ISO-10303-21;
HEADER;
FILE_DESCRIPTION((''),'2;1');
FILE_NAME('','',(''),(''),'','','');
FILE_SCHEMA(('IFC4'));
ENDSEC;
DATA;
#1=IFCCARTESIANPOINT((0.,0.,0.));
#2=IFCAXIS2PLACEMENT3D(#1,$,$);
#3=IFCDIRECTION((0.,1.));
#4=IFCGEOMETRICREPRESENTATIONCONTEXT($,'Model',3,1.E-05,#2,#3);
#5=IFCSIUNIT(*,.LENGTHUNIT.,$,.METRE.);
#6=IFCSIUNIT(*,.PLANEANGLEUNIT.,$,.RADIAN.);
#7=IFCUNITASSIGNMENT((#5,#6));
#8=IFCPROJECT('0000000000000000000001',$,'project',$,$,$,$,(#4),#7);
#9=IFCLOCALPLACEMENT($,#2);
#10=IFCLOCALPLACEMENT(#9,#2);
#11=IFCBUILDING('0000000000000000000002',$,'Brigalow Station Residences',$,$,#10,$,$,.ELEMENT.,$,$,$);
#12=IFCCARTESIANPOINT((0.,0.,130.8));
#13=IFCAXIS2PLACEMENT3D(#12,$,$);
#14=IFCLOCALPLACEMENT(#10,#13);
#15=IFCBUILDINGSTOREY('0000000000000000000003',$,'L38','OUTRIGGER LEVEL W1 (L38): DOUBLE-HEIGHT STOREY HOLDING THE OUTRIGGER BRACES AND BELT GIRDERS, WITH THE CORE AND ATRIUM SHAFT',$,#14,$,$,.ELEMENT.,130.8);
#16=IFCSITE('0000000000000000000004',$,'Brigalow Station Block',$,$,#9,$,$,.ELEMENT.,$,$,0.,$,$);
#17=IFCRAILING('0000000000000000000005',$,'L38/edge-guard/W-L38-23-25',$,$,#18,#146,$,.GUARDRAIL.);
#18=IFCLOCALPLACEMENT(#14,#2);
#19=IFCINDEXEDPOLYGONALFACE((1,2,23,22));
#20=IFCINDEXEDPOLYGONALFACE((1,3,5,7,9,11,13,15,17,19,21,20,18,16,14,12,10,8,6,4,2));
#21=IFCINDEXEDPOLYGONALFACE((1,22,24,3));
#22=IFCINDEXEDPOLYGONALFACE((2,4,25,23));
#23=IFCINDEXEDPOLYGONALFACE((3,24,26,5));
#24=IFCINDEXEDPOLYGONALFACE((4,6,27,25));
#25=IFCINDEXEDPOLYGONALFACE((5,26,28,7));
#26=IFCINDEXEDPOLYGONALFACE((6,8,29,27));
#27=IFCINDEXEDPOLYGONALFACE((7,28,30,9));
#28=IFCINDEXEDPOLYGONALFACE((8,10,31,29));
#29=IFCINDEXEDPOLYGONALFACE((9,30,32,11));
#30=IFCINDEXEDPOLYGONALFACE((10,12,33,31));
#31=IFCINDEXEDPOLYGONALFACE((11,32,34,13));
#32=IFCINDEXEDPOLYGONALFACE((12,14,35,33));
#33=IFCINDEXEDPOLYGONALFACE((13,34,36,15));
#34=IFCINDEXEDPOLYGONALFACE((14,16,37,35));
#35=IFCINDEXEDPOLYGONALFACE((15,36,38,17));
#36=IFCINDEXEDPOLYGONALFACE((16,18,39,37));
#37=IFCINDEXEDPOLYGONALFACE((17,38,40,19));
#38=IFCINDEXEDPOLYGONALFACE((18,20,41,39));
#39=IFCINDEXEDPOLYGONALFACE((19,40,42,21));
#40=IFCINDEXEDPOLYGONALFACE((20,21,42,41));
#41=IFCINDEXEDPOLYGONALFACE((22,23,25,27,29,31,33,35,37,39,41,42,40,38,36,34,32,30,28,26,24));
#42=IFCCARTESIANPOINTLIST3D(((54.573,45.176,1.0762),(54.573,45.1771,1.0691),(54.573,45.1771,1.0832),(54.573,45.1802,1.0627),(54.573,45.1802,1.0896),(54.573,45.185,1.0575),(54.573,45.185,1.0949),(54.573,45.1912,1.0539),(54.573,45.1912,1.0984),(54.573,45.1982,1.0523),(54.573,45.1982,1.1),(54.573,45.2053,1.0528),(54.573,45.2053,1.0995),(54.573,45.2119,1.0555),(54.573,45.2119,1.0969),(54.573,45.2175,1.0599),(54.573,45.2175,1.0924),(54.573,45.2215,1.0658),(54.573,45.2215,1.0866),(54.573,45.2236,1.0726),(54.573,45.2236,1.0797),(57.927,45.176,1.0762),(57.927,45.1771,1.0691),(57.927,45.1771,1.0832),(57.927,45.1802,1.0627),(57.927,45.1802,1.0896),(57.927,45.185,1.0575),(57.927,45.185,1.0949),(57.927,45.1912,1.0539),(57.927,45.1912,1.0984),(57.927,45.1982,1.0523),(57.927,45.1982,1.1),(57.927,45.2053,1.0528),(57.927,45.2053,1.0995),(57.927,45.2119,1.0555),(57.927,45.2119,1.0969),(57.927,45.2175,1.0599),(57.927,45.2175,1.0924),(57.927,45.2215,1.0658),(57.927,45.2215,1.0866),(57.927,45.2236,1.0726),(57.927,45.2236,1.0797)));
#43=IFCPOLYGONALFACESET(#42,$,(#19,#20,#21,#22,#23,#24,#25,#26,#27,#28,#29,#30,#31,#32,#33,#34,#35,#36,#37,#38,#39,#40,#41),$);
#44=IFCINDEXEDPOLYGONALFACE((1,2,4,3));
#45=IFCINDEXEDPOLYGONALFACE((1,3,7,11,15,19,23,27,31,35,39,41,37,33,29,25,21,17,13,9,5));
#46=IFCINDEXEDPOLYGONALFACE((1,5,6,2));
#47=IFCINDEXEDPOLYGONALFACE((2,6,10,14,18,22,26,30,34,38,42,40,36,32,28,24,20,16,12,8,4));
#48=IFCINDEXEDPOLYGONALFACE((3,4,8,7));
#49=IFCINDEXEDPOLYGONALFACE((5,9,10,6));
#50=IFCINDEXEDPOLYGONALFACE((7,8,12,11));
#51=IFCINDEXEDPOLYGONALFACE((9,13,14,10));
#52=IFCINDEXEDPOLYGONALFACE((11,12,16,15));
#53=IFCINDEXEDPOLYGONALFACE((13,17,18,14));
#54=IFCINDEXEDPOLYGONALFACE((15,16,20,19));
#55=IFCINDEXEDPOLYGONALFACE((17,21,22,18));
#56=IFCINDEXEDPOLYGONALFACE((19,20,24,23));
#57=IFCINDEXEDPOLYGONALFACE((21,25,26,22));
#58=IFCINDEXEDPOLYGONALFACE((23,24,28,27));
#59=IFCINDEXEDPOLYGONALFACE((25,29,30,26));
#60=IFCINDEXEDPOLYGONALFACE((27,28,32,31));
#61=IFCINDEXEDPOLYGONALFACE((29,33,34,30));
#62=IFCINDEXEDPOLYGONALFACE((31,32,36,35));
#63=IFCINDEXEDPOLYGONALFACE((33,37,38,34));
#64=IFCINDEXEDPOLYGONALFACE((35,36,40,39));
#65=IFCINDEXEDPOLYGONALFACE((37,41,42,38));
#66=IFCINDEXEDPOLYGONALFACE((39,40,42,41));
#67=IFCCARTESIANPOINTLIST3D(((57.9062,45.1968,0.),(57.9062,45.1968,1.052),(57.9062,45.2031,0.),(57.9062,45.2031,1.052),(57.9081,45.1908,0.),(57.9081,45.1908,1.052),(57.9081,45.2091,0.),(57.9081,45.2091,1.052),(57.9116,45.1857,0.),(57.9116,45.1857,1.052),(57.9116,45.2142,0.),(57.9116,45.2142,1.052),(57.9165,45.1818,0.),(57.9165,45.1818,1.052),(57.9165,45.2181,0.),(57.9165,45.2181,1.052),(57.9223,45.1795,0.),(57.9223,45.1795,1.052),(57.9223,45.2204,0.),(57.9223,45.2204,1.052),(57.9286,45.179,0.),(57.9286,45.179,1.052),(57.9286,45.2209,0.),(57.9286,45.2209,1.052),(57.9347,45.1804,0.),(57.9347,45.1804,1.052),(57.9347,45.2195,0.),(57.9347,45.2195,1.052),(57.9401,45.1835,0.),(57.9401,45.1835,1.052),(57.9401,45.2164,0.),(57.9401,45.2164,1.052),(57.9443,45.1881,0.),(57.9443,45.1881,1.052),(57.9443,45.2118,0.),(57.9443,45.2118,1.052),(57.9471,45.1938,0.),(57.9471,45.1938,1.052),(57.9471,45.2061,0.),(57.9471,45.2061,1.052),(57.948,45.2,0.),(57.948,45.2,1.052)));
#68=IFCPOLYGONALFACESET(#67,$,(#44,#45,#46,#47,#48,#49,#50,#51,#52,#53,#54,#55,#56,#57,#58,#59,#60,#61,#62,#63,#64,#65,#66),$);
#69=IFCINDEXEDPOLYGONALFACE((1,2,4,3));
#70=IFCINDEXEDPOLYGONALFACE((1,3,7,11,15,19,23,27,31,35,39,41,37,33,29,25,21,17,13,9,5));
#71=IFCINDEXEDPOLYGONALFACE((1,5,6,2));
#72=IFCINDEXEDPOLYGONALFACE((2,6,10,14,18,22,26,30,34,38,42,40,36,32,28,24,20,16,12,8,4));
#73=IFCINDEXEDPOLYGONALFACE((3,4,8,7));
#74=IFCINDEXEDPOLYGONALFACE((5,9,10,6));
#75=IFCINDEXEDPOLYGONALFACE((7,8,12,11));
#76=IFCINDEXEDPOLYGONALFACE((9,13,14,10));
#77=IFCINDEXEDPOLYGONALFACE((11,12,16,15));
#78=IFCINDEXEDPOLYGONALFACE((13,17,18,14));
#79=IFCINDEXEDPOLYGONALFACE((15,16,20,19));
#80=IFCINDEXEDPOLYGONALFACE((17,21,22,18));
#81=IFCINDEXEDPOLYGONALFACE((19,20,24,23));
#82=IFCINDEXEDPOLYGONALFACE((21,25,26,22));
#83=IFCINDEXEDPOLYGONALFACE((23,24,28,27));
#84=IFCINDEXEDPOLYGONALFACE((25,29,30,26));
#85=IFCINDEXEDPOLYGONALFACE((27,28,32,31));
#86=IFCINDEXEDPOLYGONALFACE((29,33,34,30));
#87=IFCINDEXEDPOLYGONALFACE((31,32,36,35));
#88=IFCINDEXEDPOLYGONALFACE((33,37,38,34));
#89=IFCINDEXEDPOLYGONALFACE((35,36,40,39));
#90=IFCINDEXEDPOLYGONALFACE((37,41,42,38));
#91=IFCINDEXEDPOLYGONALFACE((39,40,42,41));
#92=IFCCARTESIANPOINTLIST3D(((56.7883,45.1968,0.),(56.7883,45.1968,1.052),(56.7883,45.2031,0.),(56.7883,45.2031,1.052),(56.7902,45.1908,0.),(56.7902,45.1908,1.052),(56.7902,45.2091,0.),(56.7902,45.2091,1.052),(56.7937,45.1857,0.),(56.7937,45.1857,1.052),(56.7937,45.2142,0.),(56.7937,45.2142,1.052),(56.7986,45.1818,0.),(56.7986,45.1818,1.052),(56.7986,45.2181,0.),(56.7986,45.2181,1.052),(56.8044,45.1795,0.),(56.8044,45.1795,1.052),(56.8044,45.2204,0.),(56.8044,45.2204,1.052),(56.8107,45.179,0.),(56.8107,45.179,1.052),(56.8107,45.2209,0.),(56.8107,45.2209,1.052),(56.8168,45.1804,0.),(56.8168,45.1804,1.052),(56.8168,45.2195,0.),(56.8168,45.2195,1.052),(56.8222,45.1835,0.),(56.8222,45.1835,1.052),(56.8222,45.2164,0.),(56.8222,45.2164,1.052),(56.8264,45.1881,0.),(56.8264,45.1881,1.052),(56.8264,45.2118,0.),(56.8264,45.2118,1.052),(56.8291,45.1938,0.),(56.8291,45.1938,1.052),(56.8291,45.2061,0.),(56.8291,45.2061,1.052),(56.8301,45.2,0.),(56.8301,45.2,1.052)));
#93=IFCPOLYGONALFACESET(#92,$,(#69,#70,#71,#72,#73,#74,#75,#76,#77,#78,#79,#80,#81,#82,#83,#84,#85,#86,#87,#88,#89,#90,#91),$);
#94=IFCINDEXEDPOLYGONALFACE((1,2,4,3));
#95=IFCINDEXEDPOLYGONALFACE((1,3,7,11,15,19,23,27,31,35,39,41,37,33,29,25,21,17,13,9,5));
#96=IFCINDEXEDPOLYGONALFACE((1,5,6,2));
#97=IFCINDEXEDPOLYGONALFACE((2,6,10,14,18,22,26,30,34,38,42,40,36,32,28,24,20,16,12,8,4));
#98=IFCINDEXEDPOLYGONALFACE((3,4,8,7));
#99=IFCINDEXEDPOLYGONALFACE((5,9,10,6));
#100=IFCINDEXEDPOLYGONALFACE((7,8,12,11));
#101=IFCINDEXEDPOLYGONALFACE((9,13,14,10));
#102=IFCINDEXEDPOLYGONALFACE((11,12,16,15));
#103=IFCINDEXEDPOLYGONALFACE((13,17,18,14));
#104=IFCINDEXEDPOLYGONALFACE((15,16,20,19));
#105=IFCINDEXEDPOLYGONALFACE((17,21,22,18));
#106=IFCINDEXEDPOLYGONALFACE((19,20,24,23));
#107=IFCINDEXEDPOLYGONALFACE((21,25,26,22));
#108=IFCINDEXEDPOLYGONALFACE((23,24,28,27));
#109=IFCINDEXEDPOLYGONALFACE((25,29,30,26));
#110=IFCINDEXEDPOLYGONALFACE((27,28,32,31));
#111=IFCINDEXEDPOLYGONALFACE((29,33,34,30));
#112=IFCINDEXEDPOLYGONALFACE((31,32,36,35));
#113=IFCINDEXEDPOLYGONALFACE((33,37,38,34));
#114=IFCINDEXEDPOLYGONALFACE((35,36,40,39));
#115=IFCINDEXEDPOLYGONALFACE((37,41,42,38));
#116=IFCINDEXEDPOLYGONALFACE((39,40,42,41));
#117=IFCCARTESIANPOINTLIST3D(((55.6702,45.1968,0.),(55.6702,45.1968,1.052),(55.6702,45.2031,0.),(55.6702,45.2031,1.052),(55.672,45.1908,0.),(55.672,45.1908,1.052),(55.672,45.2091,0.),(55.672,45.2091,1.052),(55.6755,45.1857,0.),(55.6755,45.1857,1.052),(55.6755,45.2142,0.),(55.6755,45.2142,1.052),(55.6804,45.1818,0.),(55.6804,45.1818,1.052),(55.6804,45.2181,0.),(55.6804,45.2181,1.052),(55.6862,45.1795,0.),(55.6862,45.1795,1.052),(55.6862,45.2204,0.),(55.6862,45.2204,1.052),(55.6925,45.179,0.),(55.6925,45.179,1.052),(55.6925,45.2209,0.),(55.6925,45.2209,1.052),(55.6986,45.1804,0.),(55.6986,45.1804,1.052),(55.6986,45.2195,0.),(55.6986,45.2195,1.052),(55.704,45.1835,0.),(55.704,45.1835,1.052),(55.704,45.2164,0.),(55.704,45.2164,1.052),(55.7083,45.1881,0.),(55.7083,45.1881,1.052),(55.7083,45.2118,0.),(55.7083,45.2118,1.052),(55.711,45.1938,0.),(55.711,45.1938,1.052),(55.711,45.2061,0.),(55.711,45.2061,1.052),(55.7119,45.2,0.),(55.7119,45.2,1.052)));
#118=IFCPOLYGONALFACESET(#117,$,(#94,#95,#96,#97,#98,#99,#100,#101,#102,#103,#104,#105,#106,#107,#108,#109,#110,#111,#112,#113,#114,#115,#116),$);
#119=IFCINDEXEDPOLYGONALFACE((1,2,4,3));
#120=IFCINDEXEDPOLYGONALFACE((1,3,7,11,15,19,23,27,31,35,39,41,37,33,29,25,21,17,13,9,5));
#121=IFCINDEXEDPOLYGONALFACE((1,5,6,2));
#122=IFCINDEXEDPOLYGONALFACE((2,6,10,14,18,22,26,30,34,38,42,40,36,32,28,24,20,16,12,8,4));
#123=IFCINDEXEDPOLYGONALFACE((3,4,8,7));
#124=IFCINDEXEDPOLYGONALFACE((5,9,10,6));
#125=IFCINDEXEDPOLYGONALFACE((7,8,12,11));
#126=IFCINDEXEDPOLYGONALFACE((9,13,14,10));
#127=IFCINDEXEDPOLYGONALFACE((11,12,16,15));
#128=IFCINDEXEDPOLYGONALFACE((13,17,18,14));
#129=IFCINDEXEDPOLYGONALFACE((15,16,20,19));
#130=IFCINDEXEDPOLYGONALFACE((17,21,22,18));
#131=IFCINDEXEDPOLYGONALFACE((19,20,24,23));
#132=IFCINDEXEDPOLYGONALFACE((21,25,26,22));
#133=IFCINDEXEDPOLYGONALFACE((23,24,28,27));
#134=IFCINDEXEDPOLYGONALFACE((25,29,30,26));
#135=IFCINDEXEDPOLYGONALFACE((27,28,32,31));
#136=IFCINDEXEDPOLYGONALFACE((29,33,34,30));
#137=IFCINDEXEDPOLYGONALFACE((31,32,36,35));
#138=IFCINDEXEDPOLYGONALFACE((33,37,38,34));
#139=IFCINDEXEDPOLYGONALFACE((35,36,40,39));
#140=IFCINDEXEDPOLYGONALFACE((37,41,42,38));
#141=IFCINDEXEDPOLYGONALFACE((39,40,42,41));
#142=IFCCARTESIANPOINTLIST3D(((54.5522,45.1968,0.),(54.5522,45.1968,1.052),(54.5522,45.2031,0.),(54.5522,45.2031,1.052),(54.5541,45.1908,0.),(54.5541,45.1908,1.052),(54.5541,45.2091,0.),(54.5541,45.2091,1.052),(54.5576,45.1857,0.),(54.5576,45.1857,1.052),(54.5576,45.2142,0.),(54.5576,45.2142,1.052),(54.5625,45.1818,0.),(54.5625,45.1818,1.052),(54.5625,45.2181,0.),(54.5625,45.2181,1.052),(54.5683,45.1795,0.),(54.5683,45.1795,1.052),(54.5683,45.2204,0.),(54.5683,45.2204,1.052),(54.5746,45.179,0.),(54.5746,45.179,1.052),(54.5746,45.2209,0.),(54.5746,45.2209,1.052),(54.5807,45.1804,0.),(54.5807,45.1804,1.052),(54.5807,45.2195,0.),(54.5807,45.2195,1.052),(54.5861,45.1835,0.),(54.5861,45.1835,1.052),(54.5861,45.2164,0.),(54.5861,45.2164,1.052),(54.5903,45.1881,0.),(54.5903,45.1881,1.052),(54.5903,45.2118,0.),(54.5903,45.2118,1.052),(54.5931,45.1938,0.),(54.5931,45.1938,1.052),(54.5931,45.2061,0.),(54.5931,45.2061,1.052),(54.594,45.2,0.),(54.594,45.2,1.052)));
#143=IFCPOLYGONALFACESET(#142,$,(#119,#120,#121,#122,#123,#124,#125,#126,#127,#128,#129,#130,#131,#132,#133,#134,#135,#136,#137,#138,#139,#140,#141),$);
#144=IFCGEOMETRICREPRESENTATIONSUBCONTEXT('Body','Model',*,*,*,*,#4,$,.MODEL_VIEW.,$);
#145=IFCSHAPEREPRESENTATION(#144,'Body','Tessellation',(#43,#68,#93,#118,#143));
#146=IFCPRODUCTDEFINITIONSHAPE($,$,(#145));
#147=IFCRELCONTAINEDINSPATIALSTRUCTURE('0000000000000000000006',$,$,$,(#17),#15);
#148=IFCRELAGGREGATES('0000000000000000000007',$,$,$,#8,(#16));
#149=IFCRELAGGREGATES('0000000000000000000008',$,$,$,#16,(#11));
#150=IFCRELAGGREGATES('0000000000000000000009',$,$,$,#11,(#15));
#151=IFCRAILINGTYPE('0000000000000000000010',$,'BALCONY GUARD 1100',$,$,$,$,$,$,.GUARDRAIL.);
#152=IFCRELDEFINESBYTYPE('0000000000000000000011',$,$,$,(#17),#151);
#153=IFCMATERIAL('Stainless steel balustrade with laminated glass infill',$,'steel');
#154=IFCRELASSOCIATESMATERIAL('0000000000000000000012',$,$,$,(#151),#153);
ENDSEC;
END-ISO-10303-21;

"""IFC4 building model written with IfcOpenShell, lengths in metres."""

from ifc_helpers import new_model, si_unit, direction, frame, origin, origin_2d, place, context, subcontext, project, spatial, circle, extrude, material, type_object, element, save


model = new_model("IFC4")

# Units and contexts
model_context = context("Model", 3, precision=1e-05, world=origin(), true_north=direction((0.0, 1.0)))
body_context = subcontext(model_context, "Body", "Model", "MODEL_VIEW")
ifc_project = project(units=[si_unit("LENGTHUNIT", "METRE"), si_unit("PLANEANGLEUNIT", "RADIAN")], contexts=[model_context])

# Site, building, storey
site_placement = place(None, origin())
site = spatial("IfcSite", under=ifc_project, at=site_placement, Name="Brigalow Station Block", CompositionType="ELEMENT", RefElevation=0.0)
building_placement = place(site_placement, origin())
building = spatial("IfcBuilding", under=site, at=building_placement, Name="Brigalow Station Residences", CompositionType="ELEMENT")
storey_placement = place(building_placement, frame((0.0, 0.0, 130.8)))
storey = spatial("IfcBuildingStorey", under=building, at=storey_placement, Name="L38", Description="OUTRIGGER LEVEL W1 (L38): DOUBLE-HEIGHT STOREY HOLDING THE OUTRIGGER BRACES AND BELT GIRDERS, WITH THE CORE AND ATRIUM SHAFT", CompositionType="ELEMENT", Elevation=130.8)

# Railing
ifc_material_1 = material(Name="Stainless steel balustrade with laminated glass infill", Category="steel")
railing_type = type_object("IfcRailingType", Name="BALCONY GUARD 1100", PredefinedType="GUARDRAIL", material=ifc_material_1)
for number, where, name in (
    (1, (57.927, 45.2, 0.0), "L38/edge-guard/W-L38-23-25"),
):
    element("IfcRailing", number, at=place(storey_placement, frame(where)), inside=storey, type_object=railing_type, Name=name, PredefinedType="GUARDRAIL", context=body_context, shape_type="SweptSolid", body=[
        extrude(circle(Radius=0.0239, at=origin_2d()), frame((0.0, 0.0, 1.0762), z_axis=(-1.0, 0.0, 0.0), x_axis=(0.0, -1.0, 0.0)), (0.0, 0.0, 1.0), 3.354),
        extrude(circle(Radius=0.021, at=origin_2d()), origin(), (0.0, 0.0, 1.0), 1.052),
        extrude(circle(Radius=0.021, at=origin_2d()), frame((-1.1179, 0.0, 0.0)), (0.0, 0.0, 1.0), 1.052),
        extrude(circle(Radius=0.021, at=origin_2d()), frame((-2.2361, 0.0, 0.0)), (0.0, 0.0, 1.0), 1.052),
        extrude(circle(Radius=0.021, at=origin_2d()), frame((-3.354, 0.0, 0.0)), (0.0, 0.0, 1.0), 1.052),
    ])

save(model, "model.ifc")
